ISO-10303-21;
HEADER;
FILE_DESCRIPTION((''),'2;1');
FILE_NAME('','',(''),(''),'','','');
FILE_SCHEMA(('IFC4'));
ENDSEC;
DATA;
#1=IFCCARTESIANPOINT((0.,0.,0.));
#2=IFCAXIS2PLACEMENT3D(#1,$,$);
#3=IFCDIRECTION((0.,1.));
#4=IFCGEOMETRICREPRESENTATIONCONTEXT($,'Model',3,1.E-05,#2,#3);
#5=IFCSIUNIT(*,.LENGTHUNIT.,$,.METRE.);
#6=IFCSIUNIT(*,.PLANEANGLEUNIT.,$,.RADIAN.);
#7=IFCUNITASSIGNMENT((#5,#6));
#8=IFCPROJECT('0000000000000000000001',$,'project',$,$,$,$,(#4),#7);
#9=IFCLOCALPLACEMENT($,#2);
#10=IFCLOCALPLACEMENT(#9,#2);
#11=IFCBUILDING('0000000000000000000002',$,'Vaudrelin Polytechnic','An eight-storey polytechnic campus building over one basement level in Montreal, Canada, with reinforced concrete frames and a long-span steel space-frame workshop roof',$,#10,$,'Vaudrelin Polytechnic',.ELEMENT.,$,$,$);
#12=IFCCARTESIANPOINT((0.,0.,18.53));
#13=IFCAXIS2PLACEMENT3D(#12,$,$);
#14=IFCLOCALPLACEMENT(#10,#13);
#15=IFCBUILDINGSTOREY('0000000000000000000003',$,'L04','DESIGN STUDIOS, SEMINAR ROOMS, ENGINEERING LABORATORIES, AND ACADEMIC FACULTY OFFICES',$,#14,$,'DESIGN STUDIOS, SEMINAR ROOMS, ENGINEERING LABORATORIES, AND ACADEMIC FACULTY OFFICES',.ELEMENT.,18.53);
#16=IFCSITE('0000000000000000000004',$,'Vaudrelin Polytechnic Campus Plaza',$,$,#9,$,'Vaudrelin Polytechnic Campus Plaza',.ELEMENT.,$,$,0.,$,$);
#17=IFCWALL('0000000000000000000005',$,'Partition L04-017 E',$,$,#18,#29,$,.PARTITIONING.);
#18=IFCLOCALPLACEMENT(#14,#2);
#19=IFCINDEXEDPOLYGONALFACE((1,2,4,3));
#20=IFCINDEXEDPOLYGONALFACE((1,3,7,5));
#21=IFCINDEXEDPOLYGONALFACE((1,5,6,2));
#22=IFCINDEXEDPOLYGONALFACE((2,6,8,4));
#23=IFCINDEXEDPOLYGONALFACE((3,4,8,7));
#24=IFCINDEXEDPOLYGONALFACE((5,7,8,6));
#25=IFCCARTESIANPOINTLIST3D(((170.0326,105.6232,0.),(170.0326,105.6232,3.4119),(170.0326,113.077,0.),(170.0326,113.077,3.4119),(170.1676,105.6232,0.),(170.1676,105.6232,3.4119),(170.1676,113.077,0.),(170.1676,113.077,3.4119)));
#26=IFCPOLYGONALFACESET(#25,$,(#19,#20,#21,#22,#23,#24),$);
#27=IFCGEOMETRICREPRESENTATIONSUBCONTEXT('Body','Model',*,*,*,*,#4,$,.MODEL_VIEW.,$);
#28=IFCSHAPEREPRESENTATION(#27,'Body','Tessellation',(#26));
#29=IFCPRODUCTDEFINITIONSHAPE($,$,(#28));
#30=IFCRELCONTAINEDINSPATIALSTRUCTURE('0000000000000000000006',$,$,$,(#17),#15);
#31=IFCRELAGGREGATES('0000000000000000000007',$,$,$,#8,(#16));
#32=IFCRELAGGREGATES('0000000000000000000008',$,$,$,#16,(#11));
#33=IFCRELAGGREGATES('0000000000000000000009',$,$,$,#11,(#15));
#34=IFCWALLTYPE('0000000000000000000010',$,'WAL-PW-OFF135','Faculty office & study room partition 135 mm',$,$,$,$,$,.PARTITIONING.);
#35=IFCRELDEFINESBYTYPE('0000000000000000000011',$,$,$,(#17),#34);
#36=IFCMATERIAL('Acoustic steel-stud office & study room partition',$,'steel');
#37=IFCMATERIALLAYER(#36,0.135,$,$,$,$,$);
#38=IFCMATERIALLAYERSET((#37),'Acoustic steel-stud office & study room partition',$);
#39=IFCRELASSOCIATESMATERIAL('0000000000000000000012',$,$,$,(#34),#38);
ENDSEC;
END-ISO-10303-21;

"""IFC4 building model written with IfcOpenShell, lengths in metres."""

from ifc_helpers import new_model, si_unit, direction, frame, frame_2d, origin, place, context, subcontext, project, spatial, rectangle, extrude, material, layer, layer_set, type_object, element, save


model = new_model("IFC4")

# Units and contexts
model_context = context("Model", 3, precision=1e-05, world=origin(), true_north=direction((0.0, 1.0)))
body_context = subcontext(model_context, "Body", "Model", "MODEL_VIEW")
ifc_project = project(units=[si_unit("LENGTHUNIT", "METRE"), si_unit("PLANEANGLEUNIT", "RADIAN")], contexts=[model_context])

# Site, building, storey
site_placement = place(None, origin())
site = spatial("IfcSite", under=ifc_project, at=site_placement, Name="Vaudrelin Polytechnic Campus Plaza", LongName="Vaudrelin Polytechnic Campus Plaza", CompositionType="ELEMENT", RefElevation=0.0)
building_placement = place(site_placement, origin())
building = spatial("IfcBuilding", under=site, at=building_placement, Name="Vaudrelin Polytechnic", Description="An eight-storey polytechnic campus building over one basement level in Montreal, Canada, with reinforced concrete frames and a long-span steel space-frame workshop roof", LongName="Vaudrelin Polytechnic", CompositionType="ELEMENT")
storey_placement = place(building_placement, frame((0.0, 0.0, 18.53)))
storey = spatial("IfcBuildingStorey", under=building, at=storey_placement, Name="L04", Description="DESIGN STUDIOS, SEMINAR ROOMS, ENGINEERING LABORATORIES, AND ACADEMIC FACULTY OFFICES", LongName="DESIGN STUDIOS, SEMINAR ROOMS, ENGINEERING LABORATORIES, AND ACADEMIC FACULTY OFFICES", CompositionType="ELEMENT", Elevation=18.53)

# Wall
ifc_material_1 = material(Name="Acoustic steel-stud office & study room partition", Category="steel")
ifc_layer_1 = layer(ifc_material_1, 0.135)
ifc_layer_set_1 = layer_set([ifc_layer_1], Name="Acoustic steel-stud office & study room partition")
wall_type = type_object("IfcWallType", Name="WAL-PW-OFF135", Description="Faculty office & study room partition 135 mm", PredefinedType="PARTITIONING", material=ifc_layer_set_1)
wall_1_placement = place(storey_placement, frame((170.1001, 105.623, 0.0), z_axis=(0.0, 0.0, 1.0), x_axis=(0.0, 1.0, 0.0)))
element("IfcWall", 1, at=wall_1_placement, inside=storey, type_object=wall_type, Name="Partition L04-017 E", PredefinedType="PARTITIONING", context=body_context, shape_type="SweptSolid", body=[
    extrude(rectangle(XDim=7.4539, YDim=0.135, at=frame_2d((3.7271, 0.0))), origin(), (0.0, 0.0, 1.0), 3.4119),
])

save(model, "model.ifc")
